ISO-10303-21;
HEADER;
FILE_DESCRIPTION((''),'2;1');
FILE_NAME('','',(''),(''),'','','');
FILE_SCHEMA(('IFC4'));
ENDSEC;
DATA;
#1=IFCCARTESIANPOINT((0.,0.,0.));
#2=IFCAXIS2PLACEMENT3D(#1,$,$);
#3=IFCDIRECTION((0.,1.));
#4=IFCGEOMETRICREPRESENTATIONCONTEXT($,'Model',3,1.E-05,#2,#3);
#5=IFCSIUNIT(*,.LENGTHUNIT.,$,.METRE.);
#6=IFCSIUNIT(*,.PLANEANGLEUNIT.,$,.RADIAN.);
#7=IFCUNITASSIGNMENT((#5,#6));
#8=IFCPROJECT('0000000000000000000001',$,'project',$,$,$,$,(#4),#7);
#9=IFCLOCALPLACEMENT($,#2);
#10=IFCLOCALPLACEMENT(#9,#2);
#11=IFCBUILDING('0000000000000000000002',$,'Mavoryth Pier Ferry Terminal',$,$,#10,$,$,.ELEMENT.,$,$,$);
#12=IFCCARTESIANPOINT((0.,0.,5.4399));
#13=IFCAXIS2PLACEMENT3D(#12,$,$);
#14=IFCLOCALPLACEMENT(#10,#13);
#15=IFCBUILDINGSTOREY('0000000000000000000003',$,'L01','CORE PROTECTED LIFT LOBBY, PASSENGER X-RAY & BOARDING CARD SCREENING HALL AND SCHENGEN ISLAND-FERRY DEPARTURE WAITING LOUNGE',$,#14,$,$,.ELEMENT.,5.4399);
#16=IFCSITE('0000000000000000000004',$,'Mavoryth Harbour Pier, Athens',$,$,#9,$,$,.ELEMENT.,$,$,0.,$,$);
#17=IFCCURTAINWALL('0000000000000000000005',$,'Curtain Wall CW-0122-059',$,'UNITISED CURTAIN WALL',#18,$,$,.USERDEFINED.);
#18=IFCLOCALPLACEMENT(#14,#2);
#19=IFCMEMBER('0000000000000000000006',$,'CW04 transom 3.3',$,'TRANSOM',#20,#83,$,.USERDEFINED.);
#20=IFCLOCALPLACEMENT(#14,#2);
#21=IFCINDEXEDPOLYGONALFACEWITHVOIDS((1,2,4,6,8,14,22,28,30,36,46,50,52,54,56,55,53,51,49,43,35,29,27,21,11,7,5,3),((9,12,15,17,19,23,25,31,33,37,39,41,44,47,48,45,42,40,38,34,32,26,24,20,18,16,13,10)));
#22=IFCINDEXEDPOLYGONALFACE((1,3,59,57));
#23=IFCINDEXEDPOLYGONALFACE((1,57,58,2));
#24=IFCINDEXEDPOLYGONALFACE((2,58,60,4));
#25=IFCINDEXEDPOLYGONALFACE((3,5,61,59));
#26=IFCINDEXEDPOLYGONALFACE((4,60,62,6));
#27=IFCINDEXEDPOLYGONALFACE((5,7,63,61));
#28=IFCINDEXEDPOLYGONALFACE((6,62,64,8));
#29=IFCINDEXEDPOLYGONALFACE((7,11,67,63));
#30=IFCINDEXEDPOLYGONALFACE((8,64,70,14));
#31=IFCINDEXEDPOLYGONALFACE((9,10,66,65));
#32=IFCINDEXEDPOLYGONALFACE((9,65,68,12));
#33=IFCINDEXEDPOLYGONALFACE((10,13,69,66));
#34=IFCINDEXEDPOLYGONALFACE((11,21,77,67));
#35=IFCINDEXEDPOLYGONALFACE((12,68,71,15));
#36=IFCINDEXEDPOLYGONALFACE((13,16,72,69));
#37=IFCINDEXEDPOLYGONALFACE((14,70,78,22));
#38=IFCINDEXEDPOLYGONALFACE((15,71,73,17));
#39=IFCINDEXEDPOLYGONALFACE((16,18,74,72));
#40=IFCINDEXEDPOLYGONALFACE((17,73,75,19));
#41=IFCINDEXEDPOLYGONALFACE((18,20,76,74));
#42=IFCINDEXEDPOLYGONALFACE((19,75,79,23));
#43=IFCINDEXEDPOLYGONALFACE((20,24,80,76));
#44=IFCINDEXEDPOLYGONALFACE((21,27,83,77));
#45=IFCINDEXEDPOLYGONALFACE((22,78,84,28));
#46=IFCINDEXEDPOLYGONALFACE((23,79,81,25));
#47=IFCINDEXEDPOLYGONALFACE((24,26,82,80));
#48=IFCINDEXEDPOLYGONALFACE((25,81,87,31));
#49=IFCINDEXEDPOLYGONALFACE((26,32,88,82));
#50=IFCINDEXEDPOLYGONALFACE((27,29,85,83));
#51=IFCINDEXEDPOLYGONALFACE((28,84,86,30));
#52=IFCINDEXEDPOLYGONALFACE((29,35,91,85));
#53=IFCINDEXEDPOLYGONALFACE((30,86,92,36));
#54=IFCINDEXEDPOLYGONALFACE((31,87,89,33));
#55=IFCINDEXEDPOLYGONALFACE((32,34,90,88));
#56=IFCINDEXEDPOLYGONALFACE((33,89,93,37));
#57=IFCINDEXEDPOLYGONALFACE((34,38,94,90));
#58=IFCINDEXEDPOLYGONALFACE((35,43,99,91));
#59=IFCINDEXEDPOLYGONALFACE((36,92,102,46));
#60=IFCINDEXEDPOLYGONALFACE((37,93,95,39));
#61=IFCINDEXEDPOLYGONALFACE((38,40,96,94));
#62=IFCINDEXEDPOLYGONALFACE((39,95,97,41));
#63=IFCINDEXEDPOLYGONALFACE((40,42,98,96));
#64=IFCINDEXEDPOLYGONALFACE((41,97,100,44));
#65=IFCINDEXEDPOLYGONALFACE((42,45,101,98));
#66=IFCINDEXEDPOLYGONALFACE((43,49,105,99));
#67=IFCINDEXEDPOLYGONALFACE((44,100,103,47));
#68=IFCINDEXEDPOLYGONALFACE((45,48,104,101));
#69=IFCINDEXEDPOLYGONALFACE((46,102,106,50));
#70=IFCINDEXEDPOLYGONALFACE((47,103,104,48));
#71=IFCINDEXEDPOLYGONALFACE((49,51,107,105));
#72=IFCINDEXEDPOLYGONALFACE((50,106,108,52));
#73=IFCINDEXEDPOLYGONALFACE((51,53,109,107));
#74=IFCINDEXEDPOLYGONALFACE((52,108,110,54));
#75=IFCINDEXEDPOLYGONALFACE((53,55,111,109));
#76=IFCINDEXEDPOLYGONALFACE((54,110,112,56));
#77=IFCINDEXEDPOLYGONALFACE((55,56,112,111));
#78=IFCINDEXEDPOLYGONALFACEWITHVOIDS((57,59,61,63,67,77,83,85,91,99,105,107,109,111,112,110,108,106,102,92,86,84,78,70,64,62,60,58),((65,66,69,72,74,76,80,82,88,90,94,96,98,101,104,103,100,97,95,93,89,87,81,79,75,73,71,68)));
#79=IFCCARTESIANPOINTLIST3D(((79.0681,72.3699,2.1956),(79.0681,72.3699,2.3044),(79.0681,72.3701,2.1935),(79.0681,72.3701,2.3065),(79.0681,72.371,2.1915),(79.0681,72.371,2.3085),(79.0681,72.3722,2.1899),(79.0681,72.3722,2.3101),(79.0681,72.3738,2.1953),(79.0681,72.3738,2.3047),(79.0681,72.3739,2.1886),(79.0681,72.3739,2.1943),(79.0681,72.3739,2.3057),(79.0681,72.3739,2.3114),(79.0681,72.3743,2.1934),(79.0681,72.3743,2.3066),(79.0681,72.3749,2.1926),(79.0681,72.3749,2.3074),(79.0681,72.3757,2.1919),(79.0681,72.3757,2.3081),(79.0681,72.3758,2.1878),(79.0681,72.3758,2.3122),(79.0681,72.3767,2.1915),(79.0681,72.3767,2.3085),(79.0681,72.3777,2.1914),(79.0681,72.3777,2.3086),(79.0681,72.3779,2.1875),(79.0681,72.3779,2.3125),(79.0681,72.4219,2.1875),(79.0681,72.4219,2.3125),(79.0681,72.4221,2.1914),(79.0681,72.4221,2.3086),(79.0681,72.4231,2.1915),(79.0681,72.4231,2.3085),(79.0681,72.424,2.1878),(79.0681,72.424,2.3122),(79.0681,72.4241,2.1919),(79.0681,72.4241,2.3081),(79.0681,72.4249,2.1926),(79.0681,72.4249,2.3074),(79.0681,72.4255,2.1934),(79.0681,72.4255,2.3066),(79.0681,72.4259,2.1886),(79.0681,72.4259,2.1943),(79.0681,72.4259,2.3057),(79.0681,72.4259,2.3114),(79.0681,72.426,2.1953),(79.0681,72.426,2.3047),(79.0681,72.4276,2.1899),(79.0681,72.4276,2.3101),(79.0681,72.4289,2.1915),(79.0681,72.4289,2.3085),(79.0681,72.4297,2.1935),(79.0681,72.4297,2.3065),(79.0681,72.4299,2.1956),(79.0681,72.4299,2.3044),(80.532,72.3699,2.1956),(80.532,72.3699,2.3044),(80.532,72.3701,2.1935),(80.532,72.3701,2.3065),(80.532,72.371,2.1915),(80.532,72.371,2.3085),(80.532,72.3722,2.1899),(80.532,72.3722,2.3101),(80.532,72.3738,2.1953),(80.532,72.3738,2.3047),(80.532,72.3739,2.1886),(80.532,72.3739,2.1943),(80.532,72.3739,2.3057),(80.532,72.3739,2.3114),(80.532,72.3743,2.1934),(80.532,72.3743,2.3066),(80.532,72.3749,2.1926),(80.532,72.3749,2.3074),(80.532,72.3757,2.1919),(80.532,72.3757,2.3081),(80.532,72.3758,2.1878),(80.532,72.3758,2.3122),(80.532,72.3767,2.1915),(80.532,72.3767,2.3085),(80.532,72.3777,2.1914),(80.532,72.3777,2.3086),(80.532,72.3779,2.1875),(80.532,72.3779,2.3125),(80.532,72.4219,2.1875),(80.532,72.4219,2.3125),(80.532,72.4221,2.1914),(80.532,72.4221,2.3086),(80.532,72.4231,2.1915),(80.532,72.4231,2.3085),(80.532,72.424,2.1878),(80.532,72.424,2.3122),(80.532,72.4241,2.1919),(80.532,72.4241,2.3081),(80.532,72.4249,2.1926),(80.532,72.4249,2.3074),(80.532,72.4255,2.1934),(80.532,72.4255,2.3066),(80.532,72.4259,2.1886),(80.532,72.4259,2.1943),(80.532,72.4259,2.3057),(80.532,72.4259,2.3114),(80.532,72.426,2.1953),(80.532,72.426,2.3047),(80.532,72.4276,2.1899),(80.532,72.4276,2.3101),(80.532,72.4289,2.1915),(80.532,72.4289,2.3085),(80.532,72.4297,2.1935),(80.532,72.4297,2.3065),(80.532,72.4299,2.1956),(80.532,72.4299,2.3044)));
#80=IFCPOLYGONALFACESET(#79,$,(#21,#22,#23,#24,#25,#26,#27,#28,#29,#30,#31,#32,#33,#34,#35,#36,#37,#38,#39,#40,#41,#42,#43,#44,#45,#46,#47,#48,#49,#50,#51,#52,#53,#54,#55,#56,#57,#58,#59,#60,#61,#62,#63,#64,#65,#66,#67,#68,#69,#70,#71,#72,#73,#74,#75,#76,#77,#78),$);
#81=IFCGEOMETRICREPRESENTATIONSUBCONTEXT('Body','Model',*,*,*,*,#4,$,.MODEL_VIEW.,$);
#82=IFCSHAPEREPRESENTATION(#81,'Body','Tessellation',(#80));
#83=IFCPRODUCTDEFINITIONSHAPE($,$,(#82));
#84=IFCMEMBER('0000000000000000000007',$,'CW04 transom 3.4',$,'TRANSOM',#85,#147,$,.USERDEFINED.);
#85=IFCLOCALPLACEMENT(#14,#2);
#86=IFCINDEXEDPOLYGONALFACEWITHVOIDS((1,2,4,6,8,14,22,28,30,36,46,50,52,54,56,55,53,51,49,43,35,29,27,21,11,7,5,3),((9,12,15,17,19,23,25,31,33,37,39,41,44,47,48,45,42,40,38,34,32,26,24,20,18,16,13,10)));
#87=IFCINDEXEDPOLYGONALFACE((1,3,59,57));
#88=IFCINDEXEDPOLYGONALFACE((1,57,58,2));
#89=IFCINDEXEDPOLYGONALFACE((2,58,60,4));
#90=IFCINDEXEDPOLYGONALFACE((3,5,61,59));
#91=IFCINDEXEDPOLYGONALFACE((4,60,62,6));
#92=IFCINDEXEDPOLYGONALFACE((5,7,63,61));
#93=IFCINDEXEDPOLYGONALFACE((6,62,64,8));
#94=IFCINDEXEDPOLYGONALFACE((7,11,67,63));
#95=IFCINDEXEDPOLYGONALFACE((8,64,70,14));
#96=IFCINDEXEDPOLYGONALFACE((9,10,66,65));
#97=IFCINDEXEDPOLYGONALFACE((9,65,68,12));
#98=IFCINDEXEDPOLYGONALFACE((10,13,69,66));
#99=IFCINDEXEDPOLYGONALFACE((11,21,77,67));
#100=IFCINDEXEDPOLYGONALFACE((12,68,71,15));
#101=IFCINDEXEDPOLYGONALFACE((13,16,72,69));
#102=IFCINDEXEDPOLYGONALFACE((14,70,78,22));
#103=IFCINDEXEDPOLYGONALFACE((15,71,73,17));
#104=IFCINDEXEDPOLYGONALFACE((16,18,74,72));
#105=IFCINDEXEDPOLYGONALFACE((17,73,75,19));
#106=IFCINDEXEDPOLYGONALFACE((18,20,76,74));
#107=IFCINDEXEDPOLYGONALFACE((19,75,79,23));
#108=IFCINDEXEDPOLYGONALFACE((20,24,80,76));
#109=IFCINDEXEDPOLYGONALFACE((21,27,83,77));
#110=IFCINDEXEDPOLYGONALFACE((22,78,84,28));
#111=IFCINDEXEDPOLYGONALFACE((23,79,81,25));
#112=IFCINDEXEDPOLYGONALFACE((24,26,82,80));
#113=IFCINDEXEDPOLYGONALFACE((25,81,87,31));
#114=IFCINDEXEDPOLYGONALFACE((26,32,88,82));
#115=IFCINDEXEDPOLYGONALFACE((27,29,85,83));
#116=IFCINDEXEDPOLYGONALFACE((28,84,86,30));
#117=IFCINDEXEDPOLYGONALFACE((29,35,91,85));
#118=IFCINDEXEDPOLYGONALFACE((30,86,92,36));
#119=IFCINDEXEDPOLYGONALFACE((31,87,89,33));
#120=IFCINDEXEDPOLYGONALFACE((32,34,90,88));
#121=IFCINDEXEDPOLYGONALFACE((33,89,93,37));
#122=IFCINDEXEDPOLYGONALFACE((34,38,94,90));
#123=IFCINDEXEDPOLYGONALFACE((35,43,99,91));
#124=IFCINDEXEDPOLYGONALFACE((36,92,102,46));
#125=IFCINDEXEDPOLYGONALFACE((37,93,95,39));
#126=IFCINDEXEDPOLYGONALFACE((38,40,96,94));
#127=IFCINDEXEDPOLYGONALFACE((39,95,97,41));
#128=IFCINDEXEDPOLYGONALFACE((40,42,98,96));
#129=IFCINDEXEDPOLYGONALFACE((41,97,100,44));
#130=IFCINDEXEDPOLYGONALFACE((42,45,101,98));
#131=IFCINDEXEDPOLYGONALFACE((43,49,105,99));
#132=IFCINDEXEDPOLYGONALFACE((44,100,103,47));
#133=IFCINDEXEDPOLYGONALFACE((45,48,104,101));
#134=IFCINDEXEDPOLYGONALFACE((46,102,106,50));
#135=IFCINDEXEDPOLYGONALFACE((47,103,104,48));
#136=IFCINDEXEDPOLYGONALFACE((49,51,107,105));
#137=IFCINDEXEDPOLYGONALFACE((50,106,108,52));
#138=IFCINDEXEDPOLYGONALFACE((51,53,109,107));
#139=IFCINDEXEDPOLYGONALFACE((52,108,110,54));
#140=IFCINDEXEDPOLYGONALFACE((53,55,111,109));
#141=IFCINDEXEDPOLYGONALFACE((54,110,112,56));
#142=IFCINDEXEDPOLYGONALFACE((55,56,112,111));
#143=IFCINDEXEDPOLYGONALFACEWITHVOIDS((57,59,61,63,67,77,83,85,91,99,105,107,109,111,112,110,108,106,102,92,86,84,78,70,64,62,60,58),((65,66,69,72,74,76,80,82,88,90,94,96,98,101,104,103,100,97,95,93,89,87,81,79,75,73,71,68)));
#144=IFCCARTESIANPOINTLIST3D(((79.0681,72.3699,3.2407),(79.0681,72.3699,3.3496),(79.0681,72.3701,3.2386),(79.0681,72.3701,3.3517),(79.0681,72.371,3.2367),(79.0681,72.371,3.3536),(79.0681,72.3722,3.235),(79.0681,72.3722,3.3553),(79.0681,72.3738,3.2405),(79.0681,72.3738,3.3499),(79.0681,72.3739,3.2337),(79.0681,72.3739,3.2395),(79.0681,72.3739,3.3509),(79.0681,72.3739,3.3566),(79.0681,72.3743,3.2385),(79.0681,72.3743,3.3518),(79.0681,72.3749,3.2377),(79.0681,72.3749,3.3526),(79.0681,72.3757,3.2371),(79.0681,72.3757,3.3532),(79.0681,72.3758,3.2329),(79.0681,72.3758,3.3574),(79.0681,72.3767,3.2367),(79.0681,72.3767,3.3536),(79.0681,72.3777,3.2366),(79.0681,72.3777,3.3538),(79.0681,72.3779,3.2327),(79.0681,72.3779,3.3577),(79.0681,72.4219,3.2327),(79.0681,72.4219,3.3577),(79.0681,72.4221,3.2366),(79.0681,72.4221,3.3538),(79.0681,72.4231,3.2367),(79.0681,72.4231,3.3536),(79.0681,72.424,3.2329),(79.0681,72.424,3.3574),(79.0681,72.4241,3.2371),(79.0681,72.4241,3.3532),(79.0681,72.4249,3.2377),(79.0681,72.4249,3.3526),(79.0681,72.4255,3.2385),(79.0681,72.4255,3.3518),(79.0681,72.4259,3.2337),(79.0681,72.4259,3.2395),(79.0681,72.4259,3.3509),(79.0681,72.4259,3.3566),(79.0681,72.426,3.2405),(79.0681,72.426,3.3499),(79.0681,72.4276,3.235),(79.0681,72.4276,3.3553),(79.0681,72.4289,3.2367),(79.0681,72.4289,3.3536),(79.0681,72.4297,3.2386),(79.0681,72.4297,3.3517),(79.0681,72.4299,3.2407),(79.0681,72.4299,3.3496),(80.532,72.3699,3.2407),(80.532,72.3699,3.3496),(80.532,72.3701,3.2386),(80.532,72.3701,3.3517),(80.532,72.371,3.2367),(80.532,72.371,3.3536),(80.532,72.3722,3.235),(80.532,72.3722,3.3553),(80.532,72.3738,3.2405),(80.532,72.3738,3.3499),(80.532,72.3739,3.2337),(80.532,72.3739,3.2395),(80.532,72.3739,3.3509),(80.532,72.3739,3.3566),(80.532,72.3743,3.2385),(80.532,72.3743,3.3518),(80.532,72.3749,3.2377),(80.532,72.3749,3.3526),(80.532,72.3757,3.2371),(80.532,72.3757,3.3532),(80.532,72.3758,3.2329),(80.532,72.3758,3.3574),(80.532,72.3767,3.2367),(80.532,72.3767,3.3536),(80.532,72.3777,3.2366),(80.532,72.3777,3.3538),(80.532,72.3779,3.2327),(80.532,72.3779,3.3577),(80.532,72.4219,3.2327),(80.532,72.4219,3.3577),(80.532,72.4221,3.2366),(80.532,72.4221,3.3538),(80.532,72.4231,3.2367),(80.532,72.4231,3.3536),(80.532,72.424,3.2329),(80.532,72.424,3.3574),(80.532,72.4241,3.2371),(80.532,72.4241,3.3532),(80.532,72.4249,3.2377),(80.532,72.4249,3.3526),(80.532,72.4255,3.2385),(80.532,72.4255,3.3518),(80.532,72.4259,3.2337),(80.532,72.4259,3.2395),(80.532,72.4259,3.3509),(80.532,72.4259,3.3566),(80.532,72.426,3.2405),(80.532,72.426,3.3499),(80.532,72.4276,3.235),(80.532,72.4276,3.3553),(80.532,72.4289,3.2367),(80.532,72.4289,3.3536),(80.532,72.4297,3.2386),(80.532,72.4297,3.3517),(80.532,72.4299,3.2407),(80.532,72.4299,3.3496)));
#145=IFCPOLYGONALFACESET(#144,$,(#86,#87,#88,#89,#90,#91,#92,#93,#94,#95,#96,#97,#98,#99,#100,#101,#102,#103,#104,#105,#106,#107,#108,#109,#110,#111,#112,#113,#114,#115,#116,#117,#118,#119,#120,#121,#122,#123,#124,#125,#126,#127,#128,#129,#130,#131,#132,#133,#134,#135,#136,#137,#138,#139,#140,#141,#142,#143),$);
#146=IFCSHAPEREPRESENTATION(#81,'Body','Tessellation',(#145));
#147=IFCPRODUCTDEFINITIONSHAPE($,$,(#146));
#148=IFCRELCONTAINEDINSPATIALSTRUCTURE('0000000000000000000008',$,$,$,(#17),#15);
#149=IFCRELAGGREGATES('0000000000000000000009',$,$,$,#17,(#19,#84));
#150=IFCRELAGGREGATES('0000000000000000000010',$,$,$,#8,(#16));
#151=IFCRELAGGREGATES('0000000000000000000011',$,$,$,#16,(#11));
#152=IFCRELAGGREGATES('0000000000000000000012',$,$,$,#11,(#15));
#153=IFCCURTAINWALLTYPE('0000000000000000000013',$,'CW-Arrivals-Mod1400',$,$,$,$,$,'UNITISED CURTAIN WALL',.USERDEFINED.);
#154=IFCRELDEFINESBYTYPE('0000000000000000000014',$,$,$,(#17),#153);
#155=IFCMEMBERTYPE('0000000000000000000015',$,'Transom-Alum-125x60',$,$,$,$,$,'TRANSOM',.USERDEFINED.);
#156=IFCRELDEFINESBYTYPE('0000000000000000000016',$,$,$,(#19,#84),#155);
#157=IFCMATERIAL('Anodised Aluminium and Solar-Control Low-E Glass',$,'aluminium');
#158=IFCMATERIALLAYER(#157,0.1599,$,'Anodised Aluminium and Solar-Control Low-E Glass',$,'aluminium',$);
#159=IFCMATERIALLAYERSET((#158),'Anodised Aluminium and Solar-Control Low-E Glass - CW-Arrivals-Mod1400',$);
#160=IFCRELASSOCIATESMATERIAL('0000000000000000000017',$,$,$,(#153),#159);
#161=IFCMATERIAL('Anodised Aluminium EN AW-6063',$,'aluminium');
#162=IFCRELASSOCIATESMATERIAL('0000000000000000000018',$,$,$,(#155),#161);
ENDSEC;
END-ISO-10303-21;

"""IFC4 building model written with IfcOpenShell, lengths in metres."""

from ifc_helpers import new_model, si_unit, direction, frame, origin, origin_2d, place, context, subcontext, project, spatial, hollow_rectangle, extrude, material, layer, layer_set, material_profile, profile_set, type_object, element, aggregate, save


model = new_model("IFC4")

# Units and contexts
model_context = context("Model", 3, precision=1e-05, world=origin(), true_north=direction((0.0, 1.0)))
body_context = subcontext(model_context, "Body", "Model", "MODEL_VIEW")
ifc_project = project(units=[si_unit("LENGTHUNIT", "METRE"), si_unit("PLANEANGLEUNIT", "RADIAN")], contexts=[model_context])

# Site, building, storey
site_placement = place(None, origin())
site = spatial("IfcSite", under=ifc_project, at=site_placement, Name="Mavoryth Harbour Pier, Athens", CompositionType="ELEMENT", RefElevation=0.0)
building_placement = place(site_placement, origin())
building = spatial("IfcBuilding", under=site, at=building_placement, Name="Mavoryth Pier Ferry Terminal", CompositionType="ELEMENT")
storey_placement = place(building_placement, frame((0.0, 0.0, 5.4399)))
storey = spatial("IfcBuildingStorey", under=building, at=storey_placement, Name="L01", Description="CORE PROTECTED LIFT LOBBY, PASSENGER X-RAY & BOARDING CARD SCREENING HALL AND SCHENGEN ISLAND-FERRY DEPARTURE WAITING LOUNGE", CompositionType="ELEMENT", Elevation=5.4399)

# Shared definitions
ifc_material_1 = material(Name="Anodised Aluminium and Solar-Control Low-E Glass", Category="aluminium")
ifc_layer_1 = layer(ifc_material_1, 0.1599, Name="Anodised Aluminium and Solar-Control Low-E Glass", Category="aluminium")
ifc_layer_set_1 = layer_set([ifc_layer_1], Name="Anodised Aluminium and Solar-Control Low-E Glass - CW-Arrivals-Mod1400")
curtain_wall_type = type_object("IfcCurtainWallType", Name="CW-Arrivals-Mod1400", ElementType="UNITISED CURTAIN WALL", PredefinedType="USERDEFINED", material=ifc_layer_set_1)
ifc_material_2 = material(Name="Anodised Aluminium EN AW-6063", Category="aluminium")

# Curtain wall
curtain_wall_1_placement = place(storey_placement, origin())
curtain_wall_1 = element("IfcCurtainWall", 1, at=curtain_wall_1_placement, inside=storey, type_object=curtain_wall_type, Name="Curtain Wall CW-0122-059", ObjectType="UNITISED CURTAIN WALL", PredefinedType="USERDEFINED")

# Members
ifc_material_profile_1 = material_profile(ifc_material_2, hollow_rectangle(XDim=0.0601, YDim=0.125, WallThickness=0.0039, InnerFilletRadius=0.0039, OuterFilletRadius=0.0081, at=origin_2d()), Name="AL-TRAN 125x60x4", Category="aluminium")
ifc_profile_set_1 = profile_set([ifc_material_profile_1], Name="Anodised Aluminium EN AW-6063 - AL-TRAN 125x60x4")
member_type_1 = type_object("IfcMemberType", Name="Transom-Alum-125x60", ElementType="TRANSOM", PredefinedType="USERDEFINED", material=ifc_profile_set_1)
member_1_placement = place(storey_placement, frame((79.0681, 72.3999, 2.25), z_axis=(1.0, 0.0, 0.0), x_axis=(0.0, 1.0, 0.0)))
member_1 = element("IfcMember", 2, at=member_1_placement, type_object=member_type_1, Name="CW04 transom 3.3", ObjectType="TRANSOM", PredefinedType="USERDEFINED", context=body_context, shape_type="SweptSolid", body=[
    extrude(hollow_rectangle(XDim=0.0601, YDim=0.125, WallThickness=0.0039, InnerFilletRadius=0.0039, OuterFilletRadius=0.0081, at=origin_2d()), origin(), (0.0, 0.0, 1.0), 1.4639),
])
member_2_placement = place(storey_placement, frame((79.0681, 72.3999, 3.2952), z_axis=(1.0, 0.0, 0.0), x_axis=(0.0, 1.0, 0.0)))
member_2 = element("IfcMember", 3, at=member_2_placement, type_object=member_type_1, Name="CW04 transom 3.4", ObjectType="TRANSOM", PredefinedType="USERDEFINED", context=body_context, shape_type="SweptSolid", body=[
    extrude(hollow_rectangle(XDim=0.0601, YDim=0.125, WallThickness=0.0039, InnerFilletRadius=0.0039, OuterFilletRadius=0.0081, at=origin_2d()), origin(), (0.0, 0.0, 1.0), 1.4639),
])

aggregate(curtain_wall_1, [member_1, member_2])

save(model, "model.ifc")
